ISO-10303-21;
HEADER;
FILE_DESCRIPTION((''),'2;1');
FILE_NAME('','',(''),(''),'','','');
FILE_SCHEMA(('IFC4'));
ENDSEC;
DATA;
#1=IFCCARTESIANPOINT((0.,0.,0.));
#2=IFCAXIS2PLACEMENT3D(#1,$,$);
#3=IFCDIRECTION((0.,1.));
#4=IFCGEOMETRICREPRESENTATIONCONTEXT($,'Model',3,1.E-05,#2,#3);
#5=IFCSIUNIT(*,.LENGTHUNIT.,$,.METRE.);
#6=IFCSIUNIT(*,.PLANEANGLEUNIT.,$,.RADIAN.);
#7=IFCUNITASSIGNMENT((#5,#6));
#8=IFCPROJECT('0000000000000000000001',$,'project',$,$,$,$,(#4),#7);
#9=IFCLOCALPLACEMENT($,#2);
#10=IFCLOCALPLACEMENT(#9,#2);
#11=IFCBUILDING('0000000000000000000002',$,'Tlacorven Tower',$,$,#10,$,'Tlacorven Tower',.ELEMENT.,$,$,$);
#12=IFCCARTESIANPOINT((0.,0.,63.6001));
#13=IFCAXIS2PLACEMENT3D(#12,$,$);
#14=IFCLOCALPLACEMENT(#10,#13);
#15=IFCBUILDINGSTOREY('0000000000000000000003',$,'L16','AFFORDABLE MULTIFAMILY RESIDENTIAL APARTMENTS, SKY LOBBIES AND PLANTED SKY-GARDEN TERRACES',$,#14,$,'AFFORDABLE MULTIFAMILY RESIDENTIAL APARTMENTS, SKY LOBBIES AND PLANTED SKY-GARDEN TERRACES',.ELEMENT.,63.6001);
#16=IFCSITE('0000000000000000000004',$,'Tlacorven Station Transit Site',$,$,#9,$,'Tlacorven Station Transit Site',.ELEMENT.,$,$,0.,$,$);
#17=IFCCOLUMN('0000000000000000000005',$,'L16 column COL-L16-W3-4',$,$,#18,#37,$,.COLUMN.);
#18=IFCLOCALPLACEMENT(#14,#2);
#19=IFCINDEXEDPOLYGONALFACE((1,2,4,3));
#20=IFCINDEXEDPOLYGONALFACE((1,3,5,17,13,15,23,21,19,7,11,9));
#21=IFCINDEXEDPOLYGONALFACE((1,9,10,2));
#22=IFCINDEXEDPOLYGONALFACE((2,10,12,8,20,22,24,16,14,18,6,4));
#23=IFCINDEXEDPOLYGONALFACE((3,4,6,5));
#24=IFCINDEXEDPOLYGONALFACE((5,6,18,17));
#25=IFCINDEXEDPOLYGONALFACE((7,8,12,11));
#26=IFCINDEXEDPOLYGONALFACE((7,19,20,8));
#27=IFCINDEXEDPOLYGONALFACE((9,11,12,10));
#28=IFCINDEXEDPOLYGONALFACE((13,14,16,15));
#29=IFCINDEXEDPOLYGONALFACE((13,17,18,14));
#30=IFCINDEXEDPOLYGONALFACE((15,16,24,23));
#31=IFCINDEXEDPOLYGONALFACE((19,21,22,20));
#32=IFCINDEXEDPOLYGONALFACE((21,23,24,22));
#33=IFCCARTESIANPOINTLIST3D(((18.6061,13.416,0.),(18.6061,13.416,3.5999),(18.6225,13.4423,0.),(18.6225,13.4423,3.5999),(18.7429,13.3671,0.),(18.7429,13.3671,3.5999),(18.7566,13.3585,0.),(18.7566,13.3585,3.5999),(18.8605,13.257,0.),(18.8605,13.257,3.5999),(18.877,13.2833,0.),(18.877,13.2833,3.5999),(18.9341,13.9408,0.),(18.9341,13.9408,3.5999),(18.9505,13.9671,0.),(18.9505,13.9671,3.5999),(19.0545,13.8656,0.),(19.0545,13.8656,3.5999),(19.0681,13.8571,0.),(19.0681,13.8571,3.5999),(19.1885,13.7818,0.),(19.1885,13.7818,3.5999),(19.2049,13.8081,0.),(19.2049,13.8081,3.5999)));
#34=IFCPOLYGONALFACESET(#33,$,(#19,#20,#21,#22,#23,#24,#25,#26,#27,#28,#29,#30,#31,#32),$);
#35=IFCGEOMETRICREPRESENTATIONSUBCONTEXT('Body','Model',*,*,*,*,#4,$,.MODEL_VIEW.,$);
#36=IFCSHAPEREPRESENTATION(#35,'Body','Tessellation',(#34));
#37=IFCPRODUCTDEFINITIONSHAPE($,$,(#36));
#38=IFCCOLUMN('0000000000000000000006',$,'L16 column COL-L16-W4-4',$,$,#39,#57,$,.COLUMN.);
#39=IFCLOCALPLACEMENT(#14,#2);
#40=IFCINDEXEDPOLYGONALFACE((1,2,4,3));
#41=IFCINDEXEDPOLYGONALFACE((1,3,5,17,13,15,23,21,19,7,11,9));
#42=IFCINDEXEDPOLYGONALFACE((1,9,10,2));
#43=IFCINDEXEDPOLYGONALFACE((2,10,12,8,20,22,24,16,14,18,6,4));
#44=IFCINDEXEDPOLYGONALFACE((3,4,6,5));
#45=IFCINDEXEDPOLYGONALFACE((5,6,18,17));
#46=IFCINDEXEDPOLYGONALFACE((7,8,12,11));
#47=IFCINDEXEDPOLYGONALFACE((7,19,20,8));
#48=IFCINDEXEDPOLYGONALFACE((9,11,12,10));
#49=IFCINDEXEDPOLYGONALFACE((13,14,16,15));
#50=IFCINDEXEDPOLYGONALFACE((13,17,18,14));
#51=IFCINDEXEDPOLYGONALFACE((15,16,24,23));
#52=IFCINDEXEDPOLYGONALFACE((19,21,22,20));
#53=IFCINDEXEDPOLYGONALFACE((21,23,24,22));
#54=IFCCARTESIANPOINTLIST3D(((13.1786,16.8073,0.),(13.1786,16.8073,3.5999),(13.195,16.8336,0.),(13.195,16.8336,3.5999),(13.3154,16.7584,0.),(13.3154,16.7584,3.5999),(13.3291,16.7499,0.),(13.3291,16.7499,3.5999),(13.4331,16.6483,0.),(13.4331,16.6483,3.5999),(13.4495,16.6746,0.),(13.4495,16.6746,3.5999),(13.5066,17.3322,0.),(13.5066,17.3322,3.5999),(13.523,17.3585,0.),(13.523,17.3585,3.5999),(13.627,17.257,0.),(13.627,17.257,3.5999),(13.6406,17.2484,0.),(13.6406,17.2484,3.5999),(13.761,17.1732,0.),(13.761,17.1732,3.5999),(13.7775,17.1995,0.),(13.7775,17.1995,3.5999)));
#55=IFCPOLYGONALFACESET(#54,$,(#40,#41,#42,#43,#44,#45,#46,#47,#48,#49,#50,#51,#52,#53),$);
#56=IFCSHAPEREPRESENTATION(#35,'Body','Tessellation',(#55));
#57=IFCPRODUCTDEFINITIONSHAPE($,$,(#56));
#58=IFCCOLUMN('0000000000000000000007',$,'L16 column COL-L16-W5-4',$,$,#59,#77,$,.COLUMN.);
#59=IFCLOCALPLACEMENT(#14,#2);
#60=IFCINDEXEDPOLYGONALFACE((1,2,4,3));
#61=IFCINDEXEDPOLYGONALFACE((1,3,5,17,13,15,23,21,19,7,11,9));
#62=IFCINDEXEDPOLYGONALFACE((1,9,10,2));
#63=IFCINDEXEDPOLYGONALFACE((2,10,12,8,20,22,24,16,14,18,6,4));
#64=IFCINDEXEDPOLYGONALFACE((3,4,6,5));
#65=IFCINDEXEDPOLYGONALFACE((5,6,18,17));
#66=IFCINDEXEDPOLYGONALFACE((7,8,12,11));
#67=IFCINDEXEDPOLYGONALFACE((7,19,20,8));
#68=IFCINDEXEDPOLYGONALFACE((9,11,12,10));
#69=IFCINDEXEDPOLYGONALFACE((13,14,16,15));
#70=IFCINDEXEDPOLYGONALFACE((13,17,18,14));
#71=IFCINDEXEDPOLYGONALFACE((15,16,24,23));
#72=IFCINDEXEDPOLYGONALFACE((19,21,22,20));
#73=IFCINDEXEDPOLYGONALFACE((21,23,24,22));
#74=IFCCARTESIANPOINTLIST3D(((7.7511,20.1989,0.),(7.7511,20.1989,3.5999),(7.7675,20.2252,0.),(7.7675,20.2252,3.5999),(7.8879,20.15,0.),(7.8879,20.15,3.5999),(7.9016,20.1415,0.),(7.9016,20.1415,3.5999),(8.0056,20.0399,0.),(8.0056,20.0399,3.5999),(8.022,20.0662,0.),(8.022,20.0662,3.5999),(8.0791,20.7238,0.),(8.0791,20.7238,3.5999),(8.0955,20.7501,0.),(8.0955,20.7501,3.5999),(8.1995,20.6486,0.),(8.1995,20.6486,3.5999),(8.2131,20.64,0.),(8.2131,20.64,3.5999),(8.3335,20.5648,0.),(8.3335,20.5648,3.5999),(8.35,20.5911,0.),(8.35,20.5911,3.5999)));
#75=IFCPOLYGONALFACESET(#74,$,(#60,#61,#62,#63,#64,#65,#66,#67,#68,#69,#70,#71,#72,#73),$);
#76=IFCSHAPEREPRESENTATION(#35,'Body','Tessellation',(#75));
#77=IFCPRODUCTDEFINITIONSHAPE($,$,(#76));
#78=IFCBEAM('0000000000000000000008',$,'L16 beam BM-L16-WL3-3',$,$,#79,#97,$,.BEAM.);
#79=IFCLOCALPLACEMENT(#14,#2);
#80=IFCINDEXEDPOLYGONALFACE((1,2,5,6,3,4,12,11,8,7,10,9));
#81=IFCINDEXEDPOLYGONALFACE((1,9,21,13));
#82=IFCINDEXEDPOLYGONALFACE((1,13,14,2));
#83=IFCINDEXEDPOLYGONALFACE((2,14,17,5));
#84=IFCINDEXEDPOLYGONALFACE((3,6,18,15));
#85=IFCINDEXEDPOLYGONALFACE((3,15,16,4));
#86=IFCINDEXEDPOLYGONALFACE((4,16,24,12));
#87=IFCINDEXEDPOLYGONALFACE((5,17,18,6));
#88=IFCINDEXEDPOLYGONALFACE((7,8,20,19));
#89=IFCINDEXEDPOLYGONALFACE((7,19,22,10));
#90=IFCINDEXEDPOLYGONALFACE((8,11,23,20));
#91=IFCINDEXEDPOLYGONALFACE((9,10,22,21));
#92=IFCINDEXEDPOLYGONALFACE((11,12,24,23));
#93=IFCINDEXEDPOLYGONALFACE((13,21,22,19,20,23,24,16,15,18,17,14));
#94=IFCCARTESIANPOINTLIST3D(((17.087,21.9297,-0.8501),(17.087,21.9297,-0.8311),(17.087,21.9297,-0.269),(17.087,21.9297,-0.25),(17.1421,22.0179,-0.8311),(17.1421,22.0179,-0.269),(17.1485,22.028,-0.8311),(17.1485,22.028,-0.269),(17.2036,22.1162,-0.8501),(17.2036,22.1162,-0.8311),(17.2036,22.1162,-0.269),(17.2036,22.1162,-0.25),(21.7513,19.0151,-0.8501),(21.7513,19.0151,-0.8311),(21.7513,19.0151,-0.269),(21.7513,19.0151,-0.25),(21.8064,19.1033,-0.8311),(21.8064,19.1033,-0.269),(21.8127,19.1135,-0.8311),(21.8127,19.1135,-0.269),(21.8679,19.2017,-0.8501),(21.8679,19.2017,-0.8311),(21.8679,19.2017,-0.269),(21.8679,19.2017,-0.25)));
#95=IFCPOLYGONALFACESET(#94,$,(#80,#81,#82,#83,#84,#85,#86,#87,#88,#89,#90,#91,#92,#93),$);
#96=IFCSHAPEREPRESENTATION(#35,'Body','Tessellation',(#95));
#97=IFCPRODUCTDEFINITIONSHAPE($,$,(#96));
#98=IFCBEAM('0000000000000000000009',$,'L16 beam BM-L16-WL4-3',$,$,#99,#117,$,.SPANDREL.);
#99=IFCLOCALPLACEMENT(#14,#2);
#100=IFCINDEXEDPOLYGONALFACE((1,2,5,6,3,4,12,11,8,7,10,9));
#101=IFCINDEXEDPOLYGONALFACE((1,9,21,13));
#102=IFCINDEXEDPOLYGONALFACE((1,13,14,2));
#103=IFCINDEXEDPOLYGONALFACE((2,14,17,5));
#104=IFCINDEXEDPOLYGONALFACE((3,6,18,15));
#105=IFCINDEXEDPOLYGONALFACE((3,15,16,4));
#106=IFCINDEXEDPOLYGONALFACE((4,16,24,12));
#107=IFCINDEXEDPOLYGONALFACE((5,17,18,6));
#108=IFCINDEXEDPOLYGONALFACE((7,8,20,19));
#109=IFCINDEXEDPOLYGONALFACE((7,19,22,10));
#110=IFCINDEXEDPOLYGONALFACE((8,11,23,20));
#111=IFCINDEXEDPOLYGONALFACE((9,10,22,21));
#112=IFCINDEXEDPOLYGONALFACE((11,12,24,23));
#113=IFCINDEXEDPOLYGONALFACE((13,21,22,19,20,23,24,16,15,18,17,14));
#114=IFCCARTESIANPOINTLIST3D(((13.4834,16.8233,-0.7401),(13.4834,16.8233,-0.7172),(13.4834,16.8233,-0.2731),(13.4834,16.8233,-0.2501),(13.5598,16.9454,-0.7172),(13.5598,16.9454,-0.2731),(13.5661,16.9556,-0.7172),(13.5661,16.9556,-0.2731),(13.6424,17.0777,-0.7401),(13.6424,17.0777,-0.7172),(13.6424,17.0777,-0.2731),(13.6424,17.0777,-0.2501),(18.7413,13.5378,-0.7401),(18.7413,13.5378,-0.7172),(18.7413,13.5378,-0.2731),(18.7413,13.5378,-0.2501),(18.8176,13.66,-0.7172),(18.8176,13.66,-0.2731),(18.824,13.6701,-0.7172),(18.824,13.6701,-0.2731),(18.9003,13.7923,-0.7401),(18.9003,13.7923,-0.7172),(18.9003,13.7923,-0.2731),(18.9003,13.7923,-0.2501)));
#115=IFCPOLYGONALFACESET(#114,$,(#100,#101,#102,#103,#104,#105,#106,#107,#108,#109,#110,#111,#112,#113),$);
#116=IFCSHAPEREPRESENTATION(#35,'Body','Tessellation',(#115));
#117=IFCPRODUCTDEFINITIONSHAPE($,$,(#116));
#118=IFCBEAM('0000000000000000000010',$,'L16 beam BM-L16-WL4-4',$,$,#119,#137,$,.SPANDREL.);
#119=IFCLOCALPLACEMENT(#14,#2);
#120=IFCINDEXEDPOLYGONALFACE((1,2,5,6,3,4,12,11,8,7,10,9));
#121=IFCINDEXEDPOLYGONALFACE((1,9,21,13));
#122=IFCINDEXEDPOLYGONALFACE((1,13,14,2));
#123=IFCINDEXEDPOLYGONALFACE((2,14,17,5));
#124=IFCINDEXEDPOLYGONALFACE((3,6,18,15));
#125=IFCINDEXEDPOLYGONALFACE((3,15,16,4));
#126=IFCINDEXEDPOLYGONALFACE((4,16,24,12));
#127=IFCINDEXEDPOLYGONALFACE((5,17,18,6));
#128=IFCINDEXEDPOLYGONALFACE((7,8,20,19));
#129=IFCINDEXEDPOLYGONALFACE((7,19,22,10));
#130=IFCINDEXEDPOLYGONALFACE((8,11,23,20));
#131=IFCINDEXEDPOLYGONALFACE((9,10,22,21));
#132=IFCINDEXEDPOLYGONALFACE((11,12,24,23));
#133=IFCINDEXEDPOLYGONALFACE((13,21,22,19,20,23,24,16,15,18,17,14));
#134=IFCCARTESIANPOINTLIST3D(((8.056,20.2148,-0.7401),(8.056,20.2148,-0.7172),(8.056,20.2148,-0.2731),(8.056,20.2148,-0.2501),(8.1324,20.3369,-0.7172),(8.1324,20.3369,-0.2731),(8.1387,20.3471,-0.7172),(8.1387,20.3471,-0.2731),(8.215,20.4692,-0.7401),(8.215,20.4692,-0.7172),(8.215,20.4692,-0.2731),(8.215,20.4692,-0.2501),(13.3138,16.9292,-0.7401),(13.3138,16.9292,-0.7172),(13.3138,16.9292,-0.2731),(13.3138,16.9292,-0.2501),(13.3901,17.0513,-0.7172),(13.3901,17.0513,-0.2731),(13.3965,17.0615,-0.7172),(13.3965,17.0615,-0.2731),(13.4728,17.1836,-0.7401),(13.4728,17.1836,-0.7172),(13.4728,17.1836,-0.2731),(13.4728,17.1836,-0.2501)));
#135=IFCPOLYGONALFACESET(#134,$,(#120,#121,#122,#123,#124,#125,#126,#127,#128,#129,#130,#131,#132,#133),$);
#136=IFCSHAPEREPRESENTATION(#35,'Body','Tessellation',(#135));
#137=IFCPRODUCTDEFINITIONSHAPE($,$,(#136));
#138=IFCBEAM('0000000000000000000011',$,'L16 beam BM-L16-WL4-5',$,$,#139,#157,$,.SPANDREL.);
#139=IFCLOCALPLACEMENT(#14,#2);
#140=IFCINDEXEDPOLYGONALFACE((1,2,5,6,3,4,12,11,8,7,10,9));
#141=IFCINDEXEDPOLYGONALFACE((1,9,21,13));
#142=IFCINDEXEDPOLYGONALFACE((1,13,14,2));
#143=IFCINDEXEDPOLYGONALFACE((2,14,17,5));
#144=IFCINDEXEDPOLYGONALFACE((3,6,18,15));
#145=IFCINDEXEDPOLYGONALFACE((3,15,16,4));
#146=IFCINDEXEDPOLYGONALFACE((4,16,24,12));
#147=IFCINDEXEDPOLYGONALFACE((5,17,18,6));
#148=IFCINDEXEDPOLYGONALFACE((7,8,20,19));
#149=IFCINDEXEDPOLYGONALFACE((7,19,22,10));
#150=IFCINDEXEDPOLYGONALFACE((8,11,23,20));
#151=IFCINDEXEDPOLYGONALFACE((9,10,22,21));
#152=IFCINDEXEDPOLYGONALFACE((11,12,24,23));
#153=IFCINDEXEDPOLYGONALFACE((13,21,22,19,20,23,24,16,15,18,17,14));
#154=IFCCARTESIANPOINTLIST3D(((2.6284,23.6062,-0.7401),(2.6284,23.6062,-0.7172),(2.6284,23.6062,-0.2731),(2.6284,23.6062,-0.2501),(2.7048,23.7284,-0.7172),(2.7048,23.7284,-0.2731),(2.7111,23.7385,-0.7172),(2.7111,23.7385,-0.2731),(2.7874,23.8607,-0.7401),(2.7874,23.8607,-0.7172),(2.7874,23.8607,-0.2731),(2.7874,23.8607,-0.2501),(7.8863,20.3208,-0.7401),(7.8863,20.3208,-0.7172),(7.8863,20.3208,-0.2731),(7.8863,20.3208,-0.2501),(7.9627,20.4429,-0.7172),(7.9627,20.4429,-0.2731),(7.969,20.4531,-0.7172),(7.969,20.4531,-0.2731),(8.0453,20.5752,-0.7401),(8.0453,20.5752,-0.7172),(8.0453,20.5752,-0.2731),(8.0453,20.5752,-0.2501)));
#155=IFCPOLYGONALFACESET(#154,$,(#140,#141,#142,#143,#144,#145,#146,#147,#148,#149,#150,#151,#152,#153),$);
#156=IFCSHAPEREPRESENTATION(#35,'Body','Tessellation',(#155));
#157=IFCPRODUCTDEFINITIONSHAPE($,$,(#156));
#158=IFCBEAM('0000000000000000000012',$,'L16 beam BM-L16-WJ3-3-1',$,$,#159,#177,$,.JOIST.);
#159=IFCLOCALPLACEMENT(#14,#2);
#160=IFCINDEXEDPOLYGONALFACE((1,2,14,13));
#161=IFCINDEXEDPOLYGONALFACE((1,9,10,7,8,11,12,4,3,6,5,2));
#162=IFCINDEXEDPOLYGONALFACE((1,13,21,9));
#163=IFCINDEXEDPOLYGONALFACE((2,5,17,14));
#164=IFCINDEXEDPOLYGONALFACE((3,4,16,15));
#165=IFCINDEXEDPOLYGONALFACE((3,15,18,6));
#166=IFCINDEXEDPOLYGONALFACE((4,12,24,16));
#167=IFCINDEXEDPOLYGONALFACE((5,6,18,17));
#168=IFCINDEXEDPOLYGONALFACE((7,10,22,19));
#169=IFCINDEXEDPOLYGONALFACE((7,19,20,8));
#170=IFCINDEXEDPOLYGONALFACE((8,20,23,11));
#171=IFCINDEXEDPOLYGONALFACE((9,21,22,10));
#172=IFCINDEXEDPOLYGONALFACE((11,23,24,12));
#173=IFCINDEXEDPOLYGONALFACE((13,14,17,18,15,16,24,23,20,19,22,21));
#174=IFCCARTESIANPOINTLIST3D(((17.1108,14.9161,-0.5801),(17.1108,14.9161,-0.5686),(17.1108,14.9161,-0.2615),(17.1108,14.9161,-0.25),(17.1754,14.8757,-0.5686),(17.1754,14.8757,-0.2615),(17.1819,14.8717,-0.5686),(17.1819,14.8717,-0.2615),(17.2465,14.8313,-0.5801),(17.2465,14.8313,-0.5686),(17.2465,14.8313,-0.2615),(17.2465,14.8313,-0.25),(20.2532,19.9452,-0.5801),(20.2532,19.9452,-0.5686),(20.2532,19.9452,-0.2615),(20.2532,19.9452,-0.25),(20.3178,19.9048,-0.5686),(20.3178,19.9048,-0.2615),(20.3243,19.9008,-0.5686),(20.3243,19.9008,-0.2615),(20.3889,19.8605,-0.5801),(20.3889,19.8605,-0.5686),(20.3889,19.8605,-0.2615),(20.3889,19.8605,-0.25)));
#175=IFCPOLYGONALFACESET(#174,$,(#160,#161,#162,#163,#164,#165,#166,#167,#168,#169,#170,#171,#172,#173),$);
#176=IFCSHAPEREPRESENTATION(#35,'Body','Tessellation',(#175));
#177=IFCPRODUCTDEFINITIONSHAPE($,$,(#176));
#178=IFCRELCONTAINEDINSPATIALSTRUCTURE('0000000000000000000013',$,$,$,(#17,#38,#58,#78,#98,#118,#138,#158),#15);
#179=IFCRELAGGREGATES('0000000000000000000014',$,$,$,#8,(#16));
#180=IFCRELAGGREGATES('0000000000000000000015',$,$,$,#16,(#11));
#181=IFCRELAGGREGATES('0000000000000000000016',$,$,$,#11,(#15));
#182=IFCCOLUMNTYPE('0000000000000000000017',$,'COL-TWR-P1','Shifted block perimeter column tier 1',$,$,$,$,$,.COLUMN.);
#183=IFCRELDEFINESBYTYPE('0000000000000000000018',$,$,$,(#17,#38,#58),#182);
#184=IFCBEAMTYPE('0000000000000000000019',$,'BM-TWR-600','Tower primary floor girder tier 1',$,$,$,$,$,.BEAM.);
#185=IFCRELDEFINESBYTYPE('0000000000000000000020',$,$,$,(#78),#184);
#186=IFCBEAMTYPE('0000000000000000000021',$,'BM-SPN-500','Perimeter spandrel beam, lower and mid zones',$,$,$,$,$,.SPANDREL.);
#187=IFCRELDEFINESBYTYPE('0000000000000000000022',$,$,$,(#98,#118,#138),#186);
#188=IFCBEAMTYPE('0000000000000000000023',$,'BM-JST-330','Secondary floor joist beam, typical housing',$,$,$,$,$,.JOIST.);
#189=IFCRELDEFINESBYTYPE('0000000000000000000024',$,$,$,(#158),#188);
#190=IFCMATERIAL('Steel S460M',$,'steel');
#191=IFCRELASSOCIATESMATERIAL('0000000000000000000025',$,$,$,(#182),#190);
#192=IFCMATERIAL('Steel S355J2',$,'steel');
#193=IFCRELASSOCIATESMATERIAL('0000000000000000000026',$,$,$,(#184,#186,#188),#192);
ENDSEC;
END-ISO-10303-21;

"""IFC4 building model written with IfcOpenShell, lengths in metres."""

from ifc_helpers import new_model, si_unit, direction, frame, origin, origin_2d, place, context, subcontext, project, spatial, i_section, extrude, source, transform, mapped, material, material_profile, profile_set, type_object, element, save


model = new_model("IFC4")

# Units and contexts
model_context = context("Model", 3, precision=1e-05, world=origin(), true_north=direction((0.0, 1.0)))
body_context = subcontext(model_context, "Body", "Model", "MODEL_VIEW")
ifc_project = project(units=[si_unit("LENGTHUNIT", "METRE"), si_unit("PLANEANGLEUNIT", "RADIAN")], contexts=[model_context])

# Site, building, storey
site_placement = place(None, origin())
site = spatial("IfcSite", under=ifc_project, at=site_placement, Name="Tlacorven Station Transit Site", LongName="Tlacorven Station Transit Site", CompositionType="ELEMENT", RefElevation=0.0)
building_placement = place(site_placement, origin())
building = spatial("IfcBuilding", under=site, at=building_placement, Name="Tlacorven Tower", LongName="Tlacorven Tower", CompositionType="ELEMENT")
storey_placement = place(building_placement, frame((0.0, 0.0, 63.6001)))
storey = spatial("IfcBuildingStorey", under=building, at=storey_placement, Name="L16", Description="AFFORDABLE MULTIFAMILY RESIDENTIAL APARTMENTS, SKY LOBBIES AND PLANTED SKY-GARDEN TERRACES", LongName="AFFORDABLE MULTIFAMILY RESIDENTIAL APARTMENTS, SKY LOBBIES AND PLANTED SKY-GARDEN TERRACES", CompositionType="ELEMENT", Elevation=63.6001)

# Columns
ifc_material_1 = material(Name="Steel S460M", Category="steel")
ifc_material_profile_1 = material_profile(ifc_material_1, i_section(OverallWidth=0.3, OverallDepth=0.6499, WebThickness=0.0161, FlangeThickness=0.031, at=origin_2d()), Name="HEB 650")
ifc_profile_set_1 = profile_set([ifc_material_profile_1], Name="Steel S460M")
column_type = type_object("IfcColumnType", Name="COL-TWR-P1", Description="Shifted block perimeter column tier 1", PredefinedType="COLUMN", material=ifc_profile_set_1)
shared_shape_1 = source(origin(), body_context, "Body", "SweptSolid", [
    extrude(i_section(OverallWidth=0.3, OverallDepth=0.6499, WebThickness=0.0161, FlangeThickness=0.031, at=origin_2d()), origin(), (0.0, 0.0, 1.0), 3.5999),
])
for number, where, z_axis, x_axis, name in (
    (1, (18.9055, 13.6121, 0.0), (0.0, 0.0, 1.0), (-0.848048, 0.529919, 0.0), "L16 column COL-L16-W3-4"),
    (2, (13.478, 17.0034, 0.0), (0.0, 0.0, 1.0), (-0.848048, 0.529919, 0.0), "L16 column COL-L16-W4-4"),
    (3, (8.0505, 20.395, 0.0), (0.0, 0.0, 1.0), (-0.848048, 0.529919, 0.0), "L16 column COL-L16-W5-4"),
):
    element("IfcColumn", number, at=place(storey_placement, frame(where, z_axis=z_axis, x_axis=x_axis)), inside=storey, type_object=column_type, Name=name, PredefinedType="COLUMN", context=body_context, shape_type="MappedRepresentation", body=[
        mapped(shared_shape_1, transform((0.0, 0.0, 0.0), scale=1.0)),
    ])

# Beams
ifc_material_2 = material(Name="Steel S355J2", Category="steel")
ifc_material_profile_2 = material_profile(ifc_material_2, i_section(OverallWidth=0.22, OverallDepth=0.6001, WebThickness=0.012, FlangeThickness=0.019, at=origin_2d()), Name="IPE 600")
ifc_profile_set_2 = profile_set([ifc_material_profile_2], Name="Steel S355J2")
beam_type_1 = type_object("IfcBeamType", Name="BM-TWR-600", Description="Tower primary floor girder tier 1", PredefinedType="BEAM", material=ifc_profile_set_2)
shared_shape_2 = source(origin(), body_context, "Body", "SweptSolid", [
    extrude(i_section(OverallWidth=0.22, OverallDepth=0.6001, WebThickness=0.012, FlangeThickness=0.019, at=origin_2d()), origin(), (0.0, 0.0, 1.0), 5.5),
])
beam_1_placement = place(storey_placement, frame((21.8096, 19.1084, -0.55), z_axis=(-0.848051, 0.529915, 0.0), x_axis=(-0.529915, -0.848051, 0.0)))
element("IfcBeam", 4, at=beam_1_placement, inside=storey, type_object=beam_type_1, Name="L16 beam BM-L16-WL3-3", PredefinedType="BEAM", context=body_context, shape_type="MappedRepresentation", body=[
    mapped(shared_shape_2, transform((0.0, 0.0, 0.0), scale=1.0)),
])
ifc_material_profile_3 = material_profile(ifc_material_2, i_section(OverallWidth=0.3, OverallDepth=0.49, WebThickness=0.012, FlangeThickness=0.0229, at=origin_2d()), Name="HEA 500")
ifc_profile_set_3 = profile_set([ifc_material_profile_3], Name="Steel S355J2")
beam_type_2 = type_object("IfcBeamType", Name="BM-SPN-500", Description="Perimeter spandrel beam, lower and mid zones", PredefinedType="SPANDREL", material=ifc_profile_set_3)
shared_shape_3 = source(origin(), body_context, "Body", "SweptSolid", [
    extrude(i_section(OverallWidth=0.3, OverallDepth=0.49, WebThickness=0.012, FlangeThickness=0.0229, at=origin_2d()), origin(), (0.0, 0.0, 1.0), 6.2),
])
for number, where, z_axis, x_axis, name in (
    (5, (18.8208, 13.665, -0.4951), (-0.848051, 0.529914, 0.0), (-0.529914, -0.848051, 0.0), "L16 beam BM-L16-WL4-3"),
    (6, (13.3933, 17.0564, -0.4951), (-0.848034, 0.529942, 0.0), (-0.529942, -0.848034, 0.0), "L16 beam BM-L16-WL4-4"),
    (7, (7.9658, 20.448, -0.4951), (-0.848051, 0.529914, 0.0), (-0.529914, -0.848051, 0.0), "L16 beam BM-L16-WL4-5"),
):
    element("IfcBeam", number, at=place(storey_placement, frame(where, z_axis=z_axis, x_axis=x_axis)), inside=storey, type_object=beam_type_2, Name=name, PredefinedType="SPANDREL", context=body_context, shape_type="MappedRepresentation", body=[
        mapped(shared_shape_3, transform((0.0, 0.0, 0.0), scale=1.0)),
    ])
ifc_material_profile_4 = material_profile(ifc_material_2, i_section(OverallWidth=0.1599, OverallDepth=0.3301, WebThickness=0.0076, FlangeThickness=0.0115, at=origin_2d()), Name="IPE 330")
ifc_profile_set_4 = profile_set([ifc_material_profile_4], Name="Steel S355J2")
beam_type_3 = type_object("IfcBeamType", Name="BM-JST-330", Description="Secondary floor joist beam, typical housing", PredefinedType="JOIST", material=ifc_profile_set_4)
shared_shape_4 = source(origin(), body_context, "Body", "SweptSolid", [
    extrude(i_section(OverallWidth=0.1599, OverallDepth=0.3301, WebThickness=0.0076, FlangeThickness=0.0115, at=origin_2d()), origin(), (0.0, 0.0, 1.0), 5.9302),
])
beam_2_placement = place(storey_placement, frame((20.321, 19.9028, -0.415), z_axis=(-0.529899, -0.848061, 0.0), x_axis=(0.848061, -0.529899, 0.0)))
element("IfcBeam", 8, at=beam_2_placement, inside=storey, type_object=beam_type_3, Name="L16 beam BM-L16-WJ3-3-1", PredefinedType="JOIST", context=body_context, shape_type="MappedRepresentation", body=[
    mapped(shared_shape_4, transform((0.0, 0.0, 0.0), scale=1.0)),
])

save(model, "model.ifc")
